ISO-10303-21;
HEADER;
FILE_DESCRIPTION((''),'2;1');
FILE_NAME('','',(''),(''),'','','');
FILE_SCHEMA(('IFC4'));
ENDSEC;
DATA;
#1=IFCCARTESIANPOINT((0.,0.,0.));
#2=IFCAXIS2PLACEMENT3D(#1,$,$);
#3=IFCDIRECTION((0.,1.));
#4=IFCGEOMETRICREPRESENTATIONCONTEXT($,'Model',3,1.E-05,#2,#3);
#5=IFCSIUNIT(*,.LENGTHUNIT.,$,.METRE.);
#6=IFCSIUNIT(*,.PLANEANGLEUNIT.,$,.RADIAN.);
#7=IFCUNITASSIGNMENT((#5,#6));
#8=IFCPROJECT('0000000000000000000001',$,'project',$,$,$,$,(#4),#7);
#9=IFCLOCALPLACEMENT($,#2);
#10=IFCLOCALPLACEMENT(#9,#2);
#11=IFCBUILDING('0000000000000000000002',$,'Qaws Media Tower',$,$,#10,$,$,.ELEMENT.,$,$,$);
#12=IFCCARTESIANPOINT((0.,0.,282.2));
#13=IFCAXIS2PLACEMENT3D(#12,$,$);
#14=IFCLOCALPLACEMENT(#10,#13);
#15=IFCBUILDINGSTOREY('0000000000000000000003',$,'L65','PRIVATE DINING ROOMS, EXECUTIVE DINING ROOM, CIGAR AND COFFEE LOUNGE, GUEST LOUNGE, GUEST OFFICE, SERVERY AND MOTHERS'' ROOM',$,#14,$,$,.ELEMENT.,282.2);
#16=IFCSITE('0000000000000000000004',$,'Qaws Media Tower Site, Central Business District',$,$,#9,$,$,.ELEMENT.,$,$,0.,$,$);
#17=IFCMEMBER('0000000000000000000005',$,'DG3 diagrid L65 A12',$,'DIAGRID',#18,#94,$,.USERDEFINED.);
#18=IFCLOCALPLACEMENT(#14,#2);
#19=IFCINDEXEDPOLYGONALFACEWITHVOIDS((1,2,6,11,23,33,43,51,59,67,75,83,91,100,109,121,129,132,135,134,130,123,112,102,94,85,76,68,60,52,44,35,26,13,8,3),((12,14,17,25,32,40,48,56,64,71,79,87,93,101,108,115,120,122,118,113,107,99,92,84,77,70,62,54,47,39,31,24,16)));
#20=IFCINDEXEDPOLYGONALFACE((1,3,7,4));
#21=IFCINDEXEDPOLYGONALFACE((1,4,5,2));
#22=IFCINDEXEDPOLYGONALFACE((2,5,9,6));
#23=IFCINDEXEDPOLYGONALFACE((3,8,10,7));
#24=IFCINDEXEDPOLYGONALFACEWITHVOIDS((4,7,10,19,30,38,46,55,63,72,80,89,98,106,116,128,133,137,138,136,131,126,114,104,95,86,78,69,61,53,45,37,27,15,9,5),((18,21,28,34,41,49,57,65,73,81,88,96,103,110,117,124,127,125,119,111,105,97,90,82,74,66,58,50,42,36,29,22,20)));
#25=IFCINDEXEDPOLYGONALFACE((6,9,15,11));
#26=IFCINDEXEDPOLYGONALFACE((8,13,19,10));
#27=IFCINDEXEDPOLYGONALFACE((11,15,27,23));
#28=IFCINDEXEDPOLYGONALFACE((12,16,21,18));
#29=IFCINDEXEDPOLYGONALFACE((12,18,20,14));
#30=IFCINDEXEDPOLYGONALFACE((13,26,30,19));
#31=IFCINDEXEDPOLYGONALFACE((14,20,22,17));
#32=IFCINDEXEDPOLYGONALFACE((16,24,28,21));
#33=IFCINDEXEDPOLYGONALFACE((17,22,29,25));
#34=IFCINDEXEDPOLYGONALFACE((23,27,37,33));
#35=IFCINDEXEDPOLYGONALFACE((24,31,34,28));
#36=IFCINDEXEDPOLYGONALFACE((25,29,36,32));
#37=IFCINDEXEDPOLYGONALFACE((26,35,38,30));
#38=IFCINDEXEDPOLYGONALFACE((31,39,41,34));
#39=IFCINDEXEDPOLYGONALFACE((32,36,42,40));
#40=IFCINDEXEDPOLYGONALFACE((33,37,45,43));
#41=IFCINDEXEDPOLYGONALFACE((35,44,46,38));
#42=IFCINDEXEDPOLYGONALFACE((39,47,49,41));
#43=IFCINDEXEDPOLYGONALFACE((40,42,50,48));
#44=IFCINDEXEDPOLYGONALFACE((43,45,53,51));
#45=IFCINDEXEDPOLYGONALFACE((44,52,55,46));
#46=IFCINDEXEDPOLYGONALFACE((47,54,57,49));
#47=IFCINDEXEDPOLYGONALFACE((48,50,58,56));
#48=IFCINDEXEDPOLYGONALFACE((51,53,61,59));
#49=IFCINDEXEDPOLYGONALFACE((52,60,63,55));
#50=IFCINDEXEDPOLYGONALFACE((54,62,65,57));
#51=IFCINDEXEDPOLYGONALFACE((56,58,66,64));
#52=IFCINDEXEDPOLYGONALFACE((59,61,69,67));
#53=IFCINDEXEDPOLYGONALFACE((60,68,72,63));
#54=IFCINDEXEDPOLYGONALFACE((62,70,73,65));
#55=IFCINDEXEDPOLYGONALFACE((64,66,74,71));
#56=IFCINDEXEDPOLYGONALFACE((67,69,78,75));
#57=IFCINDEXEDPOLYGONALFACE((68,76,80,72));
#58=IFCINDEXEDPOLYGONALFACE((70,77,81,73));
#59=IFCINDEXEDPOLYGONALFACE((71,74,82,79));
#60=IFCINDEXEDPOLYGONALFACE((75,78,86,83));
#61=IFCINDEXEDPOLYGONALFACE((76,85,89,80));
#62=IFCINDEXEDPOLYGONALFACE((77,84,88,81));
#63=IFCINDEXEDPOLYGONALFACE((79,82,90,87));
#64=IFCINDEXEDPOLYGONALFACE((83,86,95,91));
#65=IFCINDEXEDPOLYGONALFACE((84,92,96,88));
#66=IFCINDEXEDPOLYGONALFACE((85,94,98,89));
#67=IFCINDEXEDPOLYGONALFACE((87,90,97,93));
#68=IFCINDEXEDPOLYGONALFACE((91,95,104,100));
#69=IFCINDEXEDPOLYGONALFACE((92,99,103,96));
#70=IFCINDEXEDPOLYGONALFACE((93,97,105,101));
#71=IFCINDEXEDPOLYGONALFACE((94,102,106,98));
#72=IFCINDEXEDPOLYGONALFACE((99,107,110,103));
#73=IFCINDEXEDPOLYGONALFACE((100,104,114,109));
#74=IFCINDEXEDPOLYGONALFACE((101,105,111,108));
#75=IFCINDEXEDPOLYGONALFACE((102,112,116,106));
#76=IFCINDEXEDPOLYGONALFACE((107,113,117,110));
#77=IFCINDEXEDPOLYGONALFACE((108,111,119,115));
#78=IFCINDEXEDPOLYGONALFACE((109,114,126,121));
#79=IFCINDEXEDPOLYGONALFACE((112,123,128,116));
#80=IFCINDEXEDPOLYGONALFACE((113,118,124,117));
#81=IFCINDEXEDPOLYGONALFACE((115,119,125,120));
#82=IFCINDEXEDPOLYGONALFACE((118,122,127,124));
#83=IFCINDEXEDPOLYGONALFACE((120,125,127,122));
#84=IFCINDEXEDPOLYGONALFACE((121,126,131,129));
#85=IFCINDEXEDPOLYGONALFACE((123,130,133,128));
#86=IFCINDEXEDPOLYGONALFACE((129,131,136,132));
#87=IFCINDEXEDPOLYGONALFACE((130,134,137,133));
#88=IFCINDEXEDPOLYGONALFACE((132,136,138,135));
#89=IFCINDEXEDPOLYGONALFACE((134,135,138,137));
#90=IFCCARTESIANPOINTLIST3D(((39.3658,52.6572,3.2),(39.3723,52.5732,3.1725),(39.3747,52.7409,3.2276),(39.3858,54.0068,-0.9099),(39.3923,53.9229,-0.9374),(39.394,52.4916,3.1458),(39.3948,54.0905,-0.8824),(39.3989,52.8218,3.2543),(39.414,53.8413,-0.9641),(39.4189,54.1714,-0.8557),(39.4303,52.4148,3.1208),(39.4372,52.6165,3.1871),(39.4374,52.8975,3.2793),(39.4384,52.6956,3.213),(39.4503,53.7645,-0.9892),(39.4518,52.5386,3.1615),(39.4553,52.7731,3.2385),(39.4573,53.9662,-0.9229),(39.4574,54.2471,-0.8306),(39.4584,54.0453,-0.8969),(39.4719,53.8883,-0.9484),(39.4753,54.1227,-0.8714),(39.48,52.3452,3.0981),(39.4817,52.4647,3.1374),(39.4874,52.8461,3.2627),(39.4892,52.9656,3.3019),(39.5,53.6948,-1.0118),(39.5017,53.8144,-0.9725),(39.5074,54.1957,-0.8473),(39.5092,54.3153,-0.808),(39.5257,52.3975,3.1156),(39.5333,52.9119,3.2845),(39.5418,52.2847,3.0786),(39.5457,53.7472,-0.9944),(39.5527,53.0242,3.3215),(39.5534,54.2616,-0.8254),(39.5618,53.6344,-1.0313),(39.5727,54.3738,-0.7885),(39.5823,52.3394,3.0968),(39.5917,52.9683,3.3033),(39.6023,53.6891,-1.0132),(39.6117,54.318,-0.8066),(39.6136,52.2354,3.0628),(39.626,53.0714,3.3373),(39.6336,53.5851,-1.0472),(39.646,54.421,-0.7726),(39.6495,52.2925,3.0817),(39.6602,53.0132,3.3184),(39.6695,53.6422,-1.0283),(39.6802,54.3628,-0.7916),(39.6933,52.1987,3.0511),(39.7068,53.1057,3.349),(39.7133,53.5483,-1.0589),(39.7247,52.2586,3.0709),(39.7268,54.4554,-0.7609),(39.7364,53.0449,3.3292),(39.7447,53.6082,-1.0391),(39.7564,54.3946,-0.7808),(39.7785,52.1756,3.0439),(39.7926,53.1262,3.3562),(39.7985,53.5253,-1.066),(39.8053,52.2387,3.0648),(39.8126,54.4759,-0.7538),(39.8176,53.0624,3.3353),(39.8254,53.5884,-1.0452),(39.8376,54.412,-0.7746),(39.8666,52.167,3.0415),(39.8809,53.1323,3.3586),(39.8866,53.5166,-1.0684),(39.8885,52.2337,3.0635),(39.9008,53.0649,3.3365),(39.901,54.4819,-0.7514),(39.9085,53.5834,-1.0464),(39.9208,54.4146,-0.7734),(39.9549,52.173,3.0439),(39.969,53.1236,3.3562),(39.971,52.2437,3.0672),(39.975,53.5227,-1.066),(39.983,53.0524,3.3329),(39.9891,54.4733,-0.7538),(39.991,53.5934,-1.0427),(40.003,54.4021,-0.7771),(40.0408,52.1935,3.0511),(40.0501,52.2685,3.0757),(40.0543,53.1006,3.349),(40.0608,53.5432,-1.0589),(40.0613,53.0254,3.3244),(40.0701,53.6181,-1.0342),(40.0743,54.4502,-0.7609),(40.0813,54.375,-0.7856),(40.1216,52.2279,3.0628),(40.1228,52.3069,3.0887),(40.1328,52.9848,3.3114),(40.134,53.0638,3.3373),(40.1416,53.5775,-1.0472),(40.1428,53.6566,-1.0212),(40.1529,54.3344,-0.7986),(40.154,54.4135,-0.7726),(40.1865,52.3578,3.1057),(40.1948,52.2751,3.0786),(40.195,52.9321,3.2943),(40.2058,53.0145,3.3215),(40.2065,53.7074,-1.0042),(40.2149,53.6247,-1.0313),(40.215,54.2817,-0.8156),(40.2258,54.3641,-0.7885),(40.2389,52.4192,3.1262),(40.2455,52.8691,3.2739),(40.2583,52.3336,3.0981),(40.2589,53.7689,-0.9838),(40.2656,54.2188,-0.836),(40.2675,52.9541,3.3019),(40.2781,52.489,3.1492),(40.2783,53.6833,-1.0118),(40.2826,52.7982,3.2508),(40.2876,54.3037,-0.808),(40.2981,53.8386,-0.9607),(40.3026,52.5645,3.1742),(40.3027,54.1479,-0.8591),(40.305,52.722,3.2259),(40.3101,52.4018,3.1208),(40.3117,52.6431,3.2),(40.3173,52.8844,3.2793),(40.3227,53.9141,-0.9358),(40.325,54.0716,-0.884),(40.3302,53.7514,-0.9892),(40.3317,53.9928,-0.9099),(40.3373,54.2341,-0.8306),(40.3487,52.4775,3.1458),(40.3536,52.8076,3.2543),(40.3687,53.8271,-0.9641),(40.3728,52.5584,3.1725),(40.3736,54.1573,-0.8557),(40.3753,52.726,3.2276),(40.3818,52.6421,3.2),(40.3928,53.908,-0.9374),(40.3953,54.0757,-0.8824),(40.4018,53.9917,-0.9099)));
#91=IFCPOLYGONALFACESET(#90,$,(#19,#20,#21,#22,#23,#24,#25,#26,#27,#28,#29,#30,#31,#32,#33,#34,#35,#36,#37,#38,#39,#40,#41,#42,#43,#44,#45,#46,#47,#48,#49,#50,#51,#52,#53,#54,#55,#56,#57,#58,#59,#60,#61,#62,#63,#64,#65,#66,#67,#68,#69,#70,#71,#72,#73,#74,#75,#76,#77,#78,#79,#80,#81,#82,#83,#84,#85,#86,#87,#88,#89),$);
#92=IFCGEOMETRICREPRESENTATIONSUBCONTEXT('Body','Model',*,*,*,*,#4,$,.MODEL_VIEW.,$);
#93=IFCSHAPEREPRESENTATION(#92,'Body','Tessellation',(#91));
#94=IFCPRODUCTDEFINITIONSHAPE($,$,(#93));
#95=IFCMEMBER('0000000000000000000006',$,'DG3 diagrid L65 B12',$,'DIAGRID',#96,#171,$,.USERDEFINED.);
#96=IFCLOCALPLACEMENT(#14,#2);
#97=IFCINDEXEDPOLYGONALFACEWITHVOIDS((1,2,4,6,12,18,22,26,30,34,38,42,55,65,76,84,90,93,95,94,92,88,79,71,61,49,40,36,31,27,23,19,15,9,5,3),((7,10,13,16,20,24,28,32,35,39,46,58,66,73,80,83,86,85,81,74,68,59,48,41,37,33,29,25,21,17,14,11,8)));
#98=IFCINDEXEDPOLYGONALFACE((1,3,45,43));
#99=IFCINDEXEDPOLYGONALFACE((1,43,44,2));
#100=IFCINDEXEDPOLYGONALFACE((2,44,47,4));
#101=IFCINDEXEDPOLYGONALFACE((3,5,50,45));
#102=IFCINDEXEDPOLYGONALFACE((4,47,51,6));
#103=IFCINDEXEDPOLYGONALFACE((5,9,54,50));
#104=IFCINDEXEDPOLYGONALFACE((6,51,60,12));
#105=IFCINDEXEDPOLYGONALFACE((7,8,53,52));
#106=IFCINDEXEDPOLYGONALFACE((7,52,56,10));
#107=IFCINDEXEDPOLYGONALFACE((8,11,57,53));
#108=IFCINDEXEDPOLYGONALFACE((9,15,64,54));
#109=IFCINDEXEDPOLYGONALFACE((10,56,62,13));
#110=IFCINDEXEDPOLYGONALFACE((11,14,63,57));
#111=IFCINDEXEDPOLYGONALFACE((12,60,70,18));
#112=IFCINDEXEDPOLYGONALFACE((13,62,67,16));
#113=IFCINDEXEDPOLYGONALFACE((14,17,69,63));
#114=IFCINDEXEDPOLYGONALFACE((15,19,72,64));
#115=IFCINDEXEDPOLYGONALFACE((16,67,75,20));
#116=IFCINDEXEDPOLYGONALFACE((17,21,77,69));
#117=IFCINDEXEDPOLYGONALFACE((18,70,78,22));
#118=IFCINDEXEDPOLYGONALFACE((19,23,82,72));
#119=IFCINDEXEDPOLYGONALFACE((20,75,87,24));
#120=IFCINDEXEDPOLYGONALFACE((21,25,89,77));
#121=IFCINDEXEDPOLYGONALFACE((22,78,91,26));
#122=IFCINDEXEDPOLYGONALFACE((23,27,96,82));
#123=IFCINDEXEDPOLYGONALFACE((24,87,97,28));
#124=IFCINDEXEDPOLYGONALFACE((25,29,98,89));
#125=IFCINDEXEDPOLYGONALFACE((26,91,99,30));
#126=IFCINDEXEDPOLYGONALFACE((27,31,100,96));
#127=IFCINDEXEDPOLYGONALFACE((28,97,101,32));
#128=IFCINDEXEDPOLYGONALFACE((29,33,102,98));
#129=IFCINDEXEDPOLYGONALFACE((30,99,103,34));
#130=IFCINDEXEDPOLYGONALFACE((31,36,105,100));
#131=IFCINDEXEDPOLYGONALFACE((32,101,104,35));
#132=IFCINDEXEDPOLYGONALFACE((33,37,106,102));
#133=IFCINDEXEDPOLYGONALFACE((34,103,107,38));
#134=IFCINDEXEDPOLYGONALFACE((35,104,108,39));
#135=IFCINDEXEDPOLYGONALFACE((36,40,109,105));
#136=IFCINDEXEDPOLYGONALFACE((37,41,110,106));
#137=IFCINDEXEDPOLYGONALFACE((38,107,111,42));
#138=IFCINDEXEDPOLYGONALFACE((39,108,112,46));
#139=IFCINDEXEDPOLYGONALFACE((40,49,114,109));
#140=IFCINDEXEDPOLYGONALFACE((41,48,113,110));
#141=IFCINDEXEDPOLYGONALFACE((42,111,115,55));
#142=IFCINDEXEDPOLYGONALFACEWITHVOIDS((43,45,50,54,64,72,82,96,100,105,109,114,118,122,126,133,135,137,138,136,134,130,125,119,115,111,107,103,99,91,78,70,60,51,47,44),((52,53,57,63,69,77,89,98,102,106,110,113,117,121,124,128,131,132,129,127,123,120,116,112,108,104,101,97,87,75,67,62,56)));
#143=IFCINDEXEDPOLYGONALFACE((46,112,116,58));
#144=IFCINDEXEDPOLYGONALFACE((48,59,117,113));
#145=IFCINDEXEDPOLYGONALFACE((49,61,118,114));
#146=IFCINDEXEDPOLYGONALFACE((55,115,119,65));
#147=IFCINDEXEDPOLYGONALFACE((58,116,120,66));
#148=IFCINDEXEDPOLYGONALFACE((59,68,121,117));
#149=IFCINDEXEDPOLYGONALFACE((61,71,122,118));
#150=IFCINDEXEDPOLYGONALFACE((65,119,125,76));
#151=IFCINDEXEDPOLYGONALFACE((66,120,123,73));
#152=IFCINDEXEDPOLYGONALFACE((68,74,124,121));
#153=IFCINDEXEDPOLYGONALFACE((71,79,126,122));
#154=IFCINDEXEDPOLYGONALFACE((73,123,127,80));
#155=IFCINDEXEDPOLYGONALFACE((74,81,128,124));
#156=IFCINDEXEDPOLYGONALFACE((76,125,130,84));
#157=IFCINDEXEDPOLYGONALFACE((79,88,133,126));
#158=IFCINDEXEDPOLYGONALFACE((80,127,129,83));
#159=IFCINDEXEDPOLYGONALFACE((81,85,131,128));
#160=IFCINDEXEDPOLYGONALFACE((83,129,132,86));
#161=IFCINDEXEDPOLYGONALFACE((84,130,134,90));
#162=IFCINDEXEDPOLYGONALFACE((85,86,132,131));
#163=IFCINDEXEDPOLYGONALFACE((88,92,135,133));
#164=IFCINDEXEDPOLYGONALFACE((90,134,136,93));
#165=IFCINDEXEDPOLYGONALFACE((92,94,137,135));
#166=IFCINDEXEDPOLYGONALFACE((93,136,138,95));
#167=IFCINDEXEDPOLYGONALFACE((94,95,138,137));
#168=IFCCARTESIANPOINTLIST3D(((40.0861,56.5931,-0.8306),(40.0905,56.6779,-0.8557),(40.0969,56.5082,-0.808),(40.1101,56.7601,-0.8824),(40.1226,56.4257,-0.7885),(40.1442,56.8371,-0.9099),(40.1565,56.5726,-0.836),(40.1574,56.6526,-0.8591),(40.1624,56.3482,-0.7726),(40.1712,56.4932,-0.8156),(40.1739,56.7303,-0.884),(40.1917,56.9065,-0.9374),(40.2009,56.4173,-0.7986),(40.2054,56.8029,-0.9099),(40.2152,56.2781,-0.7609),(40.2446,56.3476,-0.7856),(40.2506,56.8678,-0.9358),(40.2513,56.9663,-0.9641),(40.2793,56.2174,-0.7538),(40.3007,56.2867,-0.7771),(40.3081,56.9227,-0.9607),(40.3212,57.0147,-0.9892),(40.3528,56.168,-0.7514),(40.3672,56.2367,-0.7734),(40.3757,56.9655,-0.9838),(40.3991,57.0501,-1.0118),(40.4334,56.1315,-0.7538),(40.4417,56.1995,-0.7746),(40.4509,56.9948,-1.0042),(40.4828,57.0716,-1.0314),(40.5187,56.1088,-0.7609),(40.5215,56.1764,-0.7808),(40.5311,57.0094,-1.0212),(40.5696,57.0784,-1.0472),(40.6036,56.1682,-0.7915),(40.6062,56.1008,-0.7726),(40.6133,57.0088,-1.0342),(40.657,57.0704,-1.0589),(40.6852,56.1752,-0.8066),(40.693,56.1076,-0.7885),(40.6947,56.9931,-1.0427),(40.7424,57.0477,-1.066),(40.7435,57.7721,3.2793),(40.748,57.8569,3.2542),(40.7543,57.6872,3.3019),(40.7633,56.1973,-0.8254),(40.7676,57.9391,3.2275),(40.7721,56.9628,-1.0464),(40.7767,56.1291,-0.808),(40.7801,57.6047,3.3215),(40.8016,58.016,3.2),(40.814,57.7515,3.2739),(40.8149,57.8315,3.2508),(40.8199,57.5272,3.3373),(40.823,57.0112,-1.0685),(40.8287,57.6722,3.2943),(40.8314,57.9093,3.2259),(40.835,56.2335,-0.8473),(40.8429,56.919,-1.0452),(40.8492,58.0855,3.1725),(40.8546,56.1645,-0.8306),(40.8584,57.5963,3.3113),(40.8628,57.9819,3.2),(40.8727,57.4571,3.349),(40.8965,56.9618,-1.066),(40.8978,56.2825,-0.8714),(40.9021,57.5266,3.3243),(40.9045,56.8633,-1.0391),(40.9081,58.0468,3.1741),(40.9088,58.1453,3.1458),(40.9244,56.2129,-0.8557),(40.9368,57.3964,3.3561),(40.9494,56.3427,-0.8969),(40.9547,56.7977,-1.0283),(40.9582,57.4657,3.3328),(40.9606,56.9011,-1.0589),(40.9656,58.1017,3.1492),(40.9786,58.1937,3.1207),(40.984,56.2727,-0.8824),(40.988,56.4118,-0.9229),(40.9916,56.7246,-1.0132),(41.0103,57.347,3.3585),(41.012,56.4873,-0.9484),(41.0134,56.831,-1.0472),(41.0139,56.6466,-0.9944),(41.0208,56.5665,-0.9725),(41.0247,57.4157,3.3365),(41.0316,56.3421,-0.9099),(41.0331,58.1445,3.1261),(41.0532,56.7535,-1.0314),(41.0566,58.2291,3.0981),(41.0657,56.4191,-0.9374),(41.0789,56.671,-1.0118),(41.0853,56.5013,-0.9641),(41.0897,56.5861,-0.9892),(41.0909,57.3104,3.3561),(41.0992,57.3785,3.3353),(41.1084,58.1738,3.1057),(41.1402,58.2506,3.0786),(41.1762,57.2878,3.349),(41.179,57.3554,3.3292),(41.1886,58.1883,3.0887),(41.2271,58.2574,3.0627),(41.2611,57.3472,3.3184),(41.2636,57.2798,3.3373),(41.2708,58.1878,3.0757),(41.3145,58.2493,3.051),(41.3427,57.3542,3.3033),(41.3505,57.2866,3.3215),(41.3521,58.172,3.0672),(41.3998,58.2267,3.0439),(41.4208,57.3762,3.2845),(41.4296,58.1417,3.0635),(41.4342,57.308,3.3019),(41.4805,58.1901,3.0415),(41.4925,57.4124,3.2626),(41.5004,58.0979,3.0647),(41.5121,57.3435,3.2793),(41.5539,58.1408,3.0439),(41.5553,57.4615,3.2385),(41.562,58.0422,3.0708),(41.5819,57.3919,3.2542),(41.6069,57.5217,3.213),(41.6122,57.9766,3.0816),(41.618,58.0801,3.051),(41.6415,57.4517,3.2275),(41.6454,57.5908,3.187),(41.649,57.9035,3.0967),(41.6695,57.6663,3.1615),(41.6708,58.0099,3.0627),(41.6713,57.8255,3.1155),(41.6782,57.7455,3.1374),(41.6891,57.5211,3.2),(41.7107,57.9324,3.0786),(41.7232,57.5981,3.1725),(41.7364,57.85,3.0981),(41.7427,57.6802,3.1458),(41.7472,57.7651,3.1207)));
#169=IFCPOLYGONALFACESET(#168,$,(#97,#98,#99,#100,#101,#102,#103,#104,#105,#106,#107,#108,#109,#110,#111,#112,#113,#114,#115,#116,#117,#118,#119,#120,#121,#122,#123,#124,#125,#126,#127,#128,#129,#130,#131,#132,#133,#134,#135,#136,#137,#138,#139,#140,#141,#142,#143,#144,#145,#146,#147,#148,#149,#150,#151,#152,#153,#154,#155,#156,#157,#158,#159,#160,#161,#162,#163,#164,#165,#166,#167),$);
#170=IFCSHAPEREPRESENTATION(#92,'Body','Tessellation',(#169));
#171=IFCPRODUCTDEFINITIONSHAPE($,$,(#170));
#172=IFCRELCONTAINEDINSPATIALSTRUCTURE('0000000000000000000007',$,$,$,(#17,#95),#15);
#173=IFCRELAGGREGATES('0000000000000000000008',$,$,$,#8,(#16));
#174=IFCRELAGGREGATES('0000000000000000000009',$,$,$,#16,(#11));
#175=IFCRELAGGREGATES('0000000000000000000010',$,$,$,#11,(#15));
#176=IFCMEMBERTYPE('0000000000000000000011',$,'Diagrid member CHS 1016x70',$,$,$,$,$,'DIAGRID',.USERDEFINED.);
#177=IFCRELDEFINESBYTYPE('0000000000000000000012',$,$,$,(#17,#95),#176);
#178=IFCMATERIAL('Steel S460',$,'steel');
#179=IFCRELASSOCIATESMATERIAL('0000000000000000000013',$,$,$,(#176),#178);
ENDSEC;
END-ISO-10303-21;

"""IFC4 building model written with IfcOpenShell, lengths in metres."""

from ifc_helpers import new_model, si_unit, direction, frame, origin, origin_2d, place, context, subcontext, project, spatial, hollow_circle, extrude, material, material_profile, profile_set, type_object, element, save


model = new_model("IFC4")

# Units and contexts
model_context = context("Model", 3, precision=1e-05, world=origin(), true_north=direction((0.0, 1.0)))
body_context = subcontext(model_context, "Body", "Model", "MODEL_VIEW")
ifc_project = project(units=[si_unit("LENGTHUNIT", "METRE"), si_unit("PLANEANGLEUNIT", "RADIAN")], contexts=[model_context])

# Site, building, storey
site_placement = place(None, origin())
site = spatial("IfcSite", under=ifc_project, at=site_placement, Name="Qaws Media Tower Site, Central Business District", CompositionType="ELEMENT", RefElevation=0.0)
building_placement = place(site_placement, origin())
building = spatial("IfcBuilding", under=site, at=building_placement, Name="Qaws Media Tower", CompositionType="ELEMENT")
storey_placement = place(building_placement, frame((0.0, 0.0, 282.2)))
storey = spatial("IfcBuildingStorey", under=building, at=storey_placement, Name="L65", Description="PRIVATE DINING ROOMS, EXECUTIVE DINING ROOM, CIGAR AND COFFEE LOUNGE, GUEST LOUNGE, GUEST OFFICE, SERVERY AND MOTHERS' ROOM", CompositionType="ELEMENT", Elevation=282.2)

# Members
ifc_material_1 = material(Name="Steel S460", Category="steel")
ifc_material_profile_1 = material_profile(ifc_material_1, hollow_circle(Radius=0.5081, WallThickness=0.0701, at=origin_2d()), Name="CHS 1016x70")
ifc_profile_set_1 = profile_set([ifc_material_profile_1], Name="Steel S460")
member_type_1 = type_object("IfcMemberType", Name="Diagrid member CHS 1016x70", ElementType="DIAGRID", PredefinedType="USERDEFINED", material=ifc_profile_set_1)
for number, where, z_axis, x_axis, name in (
    (1, (39.8938, 53.9993, -0.9099), (-0.004628, -0.311988, 0.950075), (0.99989, -0.014832, 0.0), "DG3 diagrid L65 A12"),
    (2, (40.5879, 56.5896, -0.9099), (0.151986, 0.272536, 0.950066), (-0.873371, 0.487055, 0.0), "DG3 diagrid L65 B12"),
):
    element("IfcMember", number, at=place(storey_placement, frame(where, z_axis=z_axis, x_axis=x_axis)), inside=storey, type_object=member_type_1, Name=name, ObjectType="DIAGRID", PredefinedType="USERDEFINED", context=body_context, shape_type="SweptSolid", body=[
        extrude(hollow_circle(Radius=0.5081, WallThickness=0.0701, at=origin_2d()), origin(), (0.0, 0.0, 1.0), 4.3259),
    ])

save(model, "model.ifc")
